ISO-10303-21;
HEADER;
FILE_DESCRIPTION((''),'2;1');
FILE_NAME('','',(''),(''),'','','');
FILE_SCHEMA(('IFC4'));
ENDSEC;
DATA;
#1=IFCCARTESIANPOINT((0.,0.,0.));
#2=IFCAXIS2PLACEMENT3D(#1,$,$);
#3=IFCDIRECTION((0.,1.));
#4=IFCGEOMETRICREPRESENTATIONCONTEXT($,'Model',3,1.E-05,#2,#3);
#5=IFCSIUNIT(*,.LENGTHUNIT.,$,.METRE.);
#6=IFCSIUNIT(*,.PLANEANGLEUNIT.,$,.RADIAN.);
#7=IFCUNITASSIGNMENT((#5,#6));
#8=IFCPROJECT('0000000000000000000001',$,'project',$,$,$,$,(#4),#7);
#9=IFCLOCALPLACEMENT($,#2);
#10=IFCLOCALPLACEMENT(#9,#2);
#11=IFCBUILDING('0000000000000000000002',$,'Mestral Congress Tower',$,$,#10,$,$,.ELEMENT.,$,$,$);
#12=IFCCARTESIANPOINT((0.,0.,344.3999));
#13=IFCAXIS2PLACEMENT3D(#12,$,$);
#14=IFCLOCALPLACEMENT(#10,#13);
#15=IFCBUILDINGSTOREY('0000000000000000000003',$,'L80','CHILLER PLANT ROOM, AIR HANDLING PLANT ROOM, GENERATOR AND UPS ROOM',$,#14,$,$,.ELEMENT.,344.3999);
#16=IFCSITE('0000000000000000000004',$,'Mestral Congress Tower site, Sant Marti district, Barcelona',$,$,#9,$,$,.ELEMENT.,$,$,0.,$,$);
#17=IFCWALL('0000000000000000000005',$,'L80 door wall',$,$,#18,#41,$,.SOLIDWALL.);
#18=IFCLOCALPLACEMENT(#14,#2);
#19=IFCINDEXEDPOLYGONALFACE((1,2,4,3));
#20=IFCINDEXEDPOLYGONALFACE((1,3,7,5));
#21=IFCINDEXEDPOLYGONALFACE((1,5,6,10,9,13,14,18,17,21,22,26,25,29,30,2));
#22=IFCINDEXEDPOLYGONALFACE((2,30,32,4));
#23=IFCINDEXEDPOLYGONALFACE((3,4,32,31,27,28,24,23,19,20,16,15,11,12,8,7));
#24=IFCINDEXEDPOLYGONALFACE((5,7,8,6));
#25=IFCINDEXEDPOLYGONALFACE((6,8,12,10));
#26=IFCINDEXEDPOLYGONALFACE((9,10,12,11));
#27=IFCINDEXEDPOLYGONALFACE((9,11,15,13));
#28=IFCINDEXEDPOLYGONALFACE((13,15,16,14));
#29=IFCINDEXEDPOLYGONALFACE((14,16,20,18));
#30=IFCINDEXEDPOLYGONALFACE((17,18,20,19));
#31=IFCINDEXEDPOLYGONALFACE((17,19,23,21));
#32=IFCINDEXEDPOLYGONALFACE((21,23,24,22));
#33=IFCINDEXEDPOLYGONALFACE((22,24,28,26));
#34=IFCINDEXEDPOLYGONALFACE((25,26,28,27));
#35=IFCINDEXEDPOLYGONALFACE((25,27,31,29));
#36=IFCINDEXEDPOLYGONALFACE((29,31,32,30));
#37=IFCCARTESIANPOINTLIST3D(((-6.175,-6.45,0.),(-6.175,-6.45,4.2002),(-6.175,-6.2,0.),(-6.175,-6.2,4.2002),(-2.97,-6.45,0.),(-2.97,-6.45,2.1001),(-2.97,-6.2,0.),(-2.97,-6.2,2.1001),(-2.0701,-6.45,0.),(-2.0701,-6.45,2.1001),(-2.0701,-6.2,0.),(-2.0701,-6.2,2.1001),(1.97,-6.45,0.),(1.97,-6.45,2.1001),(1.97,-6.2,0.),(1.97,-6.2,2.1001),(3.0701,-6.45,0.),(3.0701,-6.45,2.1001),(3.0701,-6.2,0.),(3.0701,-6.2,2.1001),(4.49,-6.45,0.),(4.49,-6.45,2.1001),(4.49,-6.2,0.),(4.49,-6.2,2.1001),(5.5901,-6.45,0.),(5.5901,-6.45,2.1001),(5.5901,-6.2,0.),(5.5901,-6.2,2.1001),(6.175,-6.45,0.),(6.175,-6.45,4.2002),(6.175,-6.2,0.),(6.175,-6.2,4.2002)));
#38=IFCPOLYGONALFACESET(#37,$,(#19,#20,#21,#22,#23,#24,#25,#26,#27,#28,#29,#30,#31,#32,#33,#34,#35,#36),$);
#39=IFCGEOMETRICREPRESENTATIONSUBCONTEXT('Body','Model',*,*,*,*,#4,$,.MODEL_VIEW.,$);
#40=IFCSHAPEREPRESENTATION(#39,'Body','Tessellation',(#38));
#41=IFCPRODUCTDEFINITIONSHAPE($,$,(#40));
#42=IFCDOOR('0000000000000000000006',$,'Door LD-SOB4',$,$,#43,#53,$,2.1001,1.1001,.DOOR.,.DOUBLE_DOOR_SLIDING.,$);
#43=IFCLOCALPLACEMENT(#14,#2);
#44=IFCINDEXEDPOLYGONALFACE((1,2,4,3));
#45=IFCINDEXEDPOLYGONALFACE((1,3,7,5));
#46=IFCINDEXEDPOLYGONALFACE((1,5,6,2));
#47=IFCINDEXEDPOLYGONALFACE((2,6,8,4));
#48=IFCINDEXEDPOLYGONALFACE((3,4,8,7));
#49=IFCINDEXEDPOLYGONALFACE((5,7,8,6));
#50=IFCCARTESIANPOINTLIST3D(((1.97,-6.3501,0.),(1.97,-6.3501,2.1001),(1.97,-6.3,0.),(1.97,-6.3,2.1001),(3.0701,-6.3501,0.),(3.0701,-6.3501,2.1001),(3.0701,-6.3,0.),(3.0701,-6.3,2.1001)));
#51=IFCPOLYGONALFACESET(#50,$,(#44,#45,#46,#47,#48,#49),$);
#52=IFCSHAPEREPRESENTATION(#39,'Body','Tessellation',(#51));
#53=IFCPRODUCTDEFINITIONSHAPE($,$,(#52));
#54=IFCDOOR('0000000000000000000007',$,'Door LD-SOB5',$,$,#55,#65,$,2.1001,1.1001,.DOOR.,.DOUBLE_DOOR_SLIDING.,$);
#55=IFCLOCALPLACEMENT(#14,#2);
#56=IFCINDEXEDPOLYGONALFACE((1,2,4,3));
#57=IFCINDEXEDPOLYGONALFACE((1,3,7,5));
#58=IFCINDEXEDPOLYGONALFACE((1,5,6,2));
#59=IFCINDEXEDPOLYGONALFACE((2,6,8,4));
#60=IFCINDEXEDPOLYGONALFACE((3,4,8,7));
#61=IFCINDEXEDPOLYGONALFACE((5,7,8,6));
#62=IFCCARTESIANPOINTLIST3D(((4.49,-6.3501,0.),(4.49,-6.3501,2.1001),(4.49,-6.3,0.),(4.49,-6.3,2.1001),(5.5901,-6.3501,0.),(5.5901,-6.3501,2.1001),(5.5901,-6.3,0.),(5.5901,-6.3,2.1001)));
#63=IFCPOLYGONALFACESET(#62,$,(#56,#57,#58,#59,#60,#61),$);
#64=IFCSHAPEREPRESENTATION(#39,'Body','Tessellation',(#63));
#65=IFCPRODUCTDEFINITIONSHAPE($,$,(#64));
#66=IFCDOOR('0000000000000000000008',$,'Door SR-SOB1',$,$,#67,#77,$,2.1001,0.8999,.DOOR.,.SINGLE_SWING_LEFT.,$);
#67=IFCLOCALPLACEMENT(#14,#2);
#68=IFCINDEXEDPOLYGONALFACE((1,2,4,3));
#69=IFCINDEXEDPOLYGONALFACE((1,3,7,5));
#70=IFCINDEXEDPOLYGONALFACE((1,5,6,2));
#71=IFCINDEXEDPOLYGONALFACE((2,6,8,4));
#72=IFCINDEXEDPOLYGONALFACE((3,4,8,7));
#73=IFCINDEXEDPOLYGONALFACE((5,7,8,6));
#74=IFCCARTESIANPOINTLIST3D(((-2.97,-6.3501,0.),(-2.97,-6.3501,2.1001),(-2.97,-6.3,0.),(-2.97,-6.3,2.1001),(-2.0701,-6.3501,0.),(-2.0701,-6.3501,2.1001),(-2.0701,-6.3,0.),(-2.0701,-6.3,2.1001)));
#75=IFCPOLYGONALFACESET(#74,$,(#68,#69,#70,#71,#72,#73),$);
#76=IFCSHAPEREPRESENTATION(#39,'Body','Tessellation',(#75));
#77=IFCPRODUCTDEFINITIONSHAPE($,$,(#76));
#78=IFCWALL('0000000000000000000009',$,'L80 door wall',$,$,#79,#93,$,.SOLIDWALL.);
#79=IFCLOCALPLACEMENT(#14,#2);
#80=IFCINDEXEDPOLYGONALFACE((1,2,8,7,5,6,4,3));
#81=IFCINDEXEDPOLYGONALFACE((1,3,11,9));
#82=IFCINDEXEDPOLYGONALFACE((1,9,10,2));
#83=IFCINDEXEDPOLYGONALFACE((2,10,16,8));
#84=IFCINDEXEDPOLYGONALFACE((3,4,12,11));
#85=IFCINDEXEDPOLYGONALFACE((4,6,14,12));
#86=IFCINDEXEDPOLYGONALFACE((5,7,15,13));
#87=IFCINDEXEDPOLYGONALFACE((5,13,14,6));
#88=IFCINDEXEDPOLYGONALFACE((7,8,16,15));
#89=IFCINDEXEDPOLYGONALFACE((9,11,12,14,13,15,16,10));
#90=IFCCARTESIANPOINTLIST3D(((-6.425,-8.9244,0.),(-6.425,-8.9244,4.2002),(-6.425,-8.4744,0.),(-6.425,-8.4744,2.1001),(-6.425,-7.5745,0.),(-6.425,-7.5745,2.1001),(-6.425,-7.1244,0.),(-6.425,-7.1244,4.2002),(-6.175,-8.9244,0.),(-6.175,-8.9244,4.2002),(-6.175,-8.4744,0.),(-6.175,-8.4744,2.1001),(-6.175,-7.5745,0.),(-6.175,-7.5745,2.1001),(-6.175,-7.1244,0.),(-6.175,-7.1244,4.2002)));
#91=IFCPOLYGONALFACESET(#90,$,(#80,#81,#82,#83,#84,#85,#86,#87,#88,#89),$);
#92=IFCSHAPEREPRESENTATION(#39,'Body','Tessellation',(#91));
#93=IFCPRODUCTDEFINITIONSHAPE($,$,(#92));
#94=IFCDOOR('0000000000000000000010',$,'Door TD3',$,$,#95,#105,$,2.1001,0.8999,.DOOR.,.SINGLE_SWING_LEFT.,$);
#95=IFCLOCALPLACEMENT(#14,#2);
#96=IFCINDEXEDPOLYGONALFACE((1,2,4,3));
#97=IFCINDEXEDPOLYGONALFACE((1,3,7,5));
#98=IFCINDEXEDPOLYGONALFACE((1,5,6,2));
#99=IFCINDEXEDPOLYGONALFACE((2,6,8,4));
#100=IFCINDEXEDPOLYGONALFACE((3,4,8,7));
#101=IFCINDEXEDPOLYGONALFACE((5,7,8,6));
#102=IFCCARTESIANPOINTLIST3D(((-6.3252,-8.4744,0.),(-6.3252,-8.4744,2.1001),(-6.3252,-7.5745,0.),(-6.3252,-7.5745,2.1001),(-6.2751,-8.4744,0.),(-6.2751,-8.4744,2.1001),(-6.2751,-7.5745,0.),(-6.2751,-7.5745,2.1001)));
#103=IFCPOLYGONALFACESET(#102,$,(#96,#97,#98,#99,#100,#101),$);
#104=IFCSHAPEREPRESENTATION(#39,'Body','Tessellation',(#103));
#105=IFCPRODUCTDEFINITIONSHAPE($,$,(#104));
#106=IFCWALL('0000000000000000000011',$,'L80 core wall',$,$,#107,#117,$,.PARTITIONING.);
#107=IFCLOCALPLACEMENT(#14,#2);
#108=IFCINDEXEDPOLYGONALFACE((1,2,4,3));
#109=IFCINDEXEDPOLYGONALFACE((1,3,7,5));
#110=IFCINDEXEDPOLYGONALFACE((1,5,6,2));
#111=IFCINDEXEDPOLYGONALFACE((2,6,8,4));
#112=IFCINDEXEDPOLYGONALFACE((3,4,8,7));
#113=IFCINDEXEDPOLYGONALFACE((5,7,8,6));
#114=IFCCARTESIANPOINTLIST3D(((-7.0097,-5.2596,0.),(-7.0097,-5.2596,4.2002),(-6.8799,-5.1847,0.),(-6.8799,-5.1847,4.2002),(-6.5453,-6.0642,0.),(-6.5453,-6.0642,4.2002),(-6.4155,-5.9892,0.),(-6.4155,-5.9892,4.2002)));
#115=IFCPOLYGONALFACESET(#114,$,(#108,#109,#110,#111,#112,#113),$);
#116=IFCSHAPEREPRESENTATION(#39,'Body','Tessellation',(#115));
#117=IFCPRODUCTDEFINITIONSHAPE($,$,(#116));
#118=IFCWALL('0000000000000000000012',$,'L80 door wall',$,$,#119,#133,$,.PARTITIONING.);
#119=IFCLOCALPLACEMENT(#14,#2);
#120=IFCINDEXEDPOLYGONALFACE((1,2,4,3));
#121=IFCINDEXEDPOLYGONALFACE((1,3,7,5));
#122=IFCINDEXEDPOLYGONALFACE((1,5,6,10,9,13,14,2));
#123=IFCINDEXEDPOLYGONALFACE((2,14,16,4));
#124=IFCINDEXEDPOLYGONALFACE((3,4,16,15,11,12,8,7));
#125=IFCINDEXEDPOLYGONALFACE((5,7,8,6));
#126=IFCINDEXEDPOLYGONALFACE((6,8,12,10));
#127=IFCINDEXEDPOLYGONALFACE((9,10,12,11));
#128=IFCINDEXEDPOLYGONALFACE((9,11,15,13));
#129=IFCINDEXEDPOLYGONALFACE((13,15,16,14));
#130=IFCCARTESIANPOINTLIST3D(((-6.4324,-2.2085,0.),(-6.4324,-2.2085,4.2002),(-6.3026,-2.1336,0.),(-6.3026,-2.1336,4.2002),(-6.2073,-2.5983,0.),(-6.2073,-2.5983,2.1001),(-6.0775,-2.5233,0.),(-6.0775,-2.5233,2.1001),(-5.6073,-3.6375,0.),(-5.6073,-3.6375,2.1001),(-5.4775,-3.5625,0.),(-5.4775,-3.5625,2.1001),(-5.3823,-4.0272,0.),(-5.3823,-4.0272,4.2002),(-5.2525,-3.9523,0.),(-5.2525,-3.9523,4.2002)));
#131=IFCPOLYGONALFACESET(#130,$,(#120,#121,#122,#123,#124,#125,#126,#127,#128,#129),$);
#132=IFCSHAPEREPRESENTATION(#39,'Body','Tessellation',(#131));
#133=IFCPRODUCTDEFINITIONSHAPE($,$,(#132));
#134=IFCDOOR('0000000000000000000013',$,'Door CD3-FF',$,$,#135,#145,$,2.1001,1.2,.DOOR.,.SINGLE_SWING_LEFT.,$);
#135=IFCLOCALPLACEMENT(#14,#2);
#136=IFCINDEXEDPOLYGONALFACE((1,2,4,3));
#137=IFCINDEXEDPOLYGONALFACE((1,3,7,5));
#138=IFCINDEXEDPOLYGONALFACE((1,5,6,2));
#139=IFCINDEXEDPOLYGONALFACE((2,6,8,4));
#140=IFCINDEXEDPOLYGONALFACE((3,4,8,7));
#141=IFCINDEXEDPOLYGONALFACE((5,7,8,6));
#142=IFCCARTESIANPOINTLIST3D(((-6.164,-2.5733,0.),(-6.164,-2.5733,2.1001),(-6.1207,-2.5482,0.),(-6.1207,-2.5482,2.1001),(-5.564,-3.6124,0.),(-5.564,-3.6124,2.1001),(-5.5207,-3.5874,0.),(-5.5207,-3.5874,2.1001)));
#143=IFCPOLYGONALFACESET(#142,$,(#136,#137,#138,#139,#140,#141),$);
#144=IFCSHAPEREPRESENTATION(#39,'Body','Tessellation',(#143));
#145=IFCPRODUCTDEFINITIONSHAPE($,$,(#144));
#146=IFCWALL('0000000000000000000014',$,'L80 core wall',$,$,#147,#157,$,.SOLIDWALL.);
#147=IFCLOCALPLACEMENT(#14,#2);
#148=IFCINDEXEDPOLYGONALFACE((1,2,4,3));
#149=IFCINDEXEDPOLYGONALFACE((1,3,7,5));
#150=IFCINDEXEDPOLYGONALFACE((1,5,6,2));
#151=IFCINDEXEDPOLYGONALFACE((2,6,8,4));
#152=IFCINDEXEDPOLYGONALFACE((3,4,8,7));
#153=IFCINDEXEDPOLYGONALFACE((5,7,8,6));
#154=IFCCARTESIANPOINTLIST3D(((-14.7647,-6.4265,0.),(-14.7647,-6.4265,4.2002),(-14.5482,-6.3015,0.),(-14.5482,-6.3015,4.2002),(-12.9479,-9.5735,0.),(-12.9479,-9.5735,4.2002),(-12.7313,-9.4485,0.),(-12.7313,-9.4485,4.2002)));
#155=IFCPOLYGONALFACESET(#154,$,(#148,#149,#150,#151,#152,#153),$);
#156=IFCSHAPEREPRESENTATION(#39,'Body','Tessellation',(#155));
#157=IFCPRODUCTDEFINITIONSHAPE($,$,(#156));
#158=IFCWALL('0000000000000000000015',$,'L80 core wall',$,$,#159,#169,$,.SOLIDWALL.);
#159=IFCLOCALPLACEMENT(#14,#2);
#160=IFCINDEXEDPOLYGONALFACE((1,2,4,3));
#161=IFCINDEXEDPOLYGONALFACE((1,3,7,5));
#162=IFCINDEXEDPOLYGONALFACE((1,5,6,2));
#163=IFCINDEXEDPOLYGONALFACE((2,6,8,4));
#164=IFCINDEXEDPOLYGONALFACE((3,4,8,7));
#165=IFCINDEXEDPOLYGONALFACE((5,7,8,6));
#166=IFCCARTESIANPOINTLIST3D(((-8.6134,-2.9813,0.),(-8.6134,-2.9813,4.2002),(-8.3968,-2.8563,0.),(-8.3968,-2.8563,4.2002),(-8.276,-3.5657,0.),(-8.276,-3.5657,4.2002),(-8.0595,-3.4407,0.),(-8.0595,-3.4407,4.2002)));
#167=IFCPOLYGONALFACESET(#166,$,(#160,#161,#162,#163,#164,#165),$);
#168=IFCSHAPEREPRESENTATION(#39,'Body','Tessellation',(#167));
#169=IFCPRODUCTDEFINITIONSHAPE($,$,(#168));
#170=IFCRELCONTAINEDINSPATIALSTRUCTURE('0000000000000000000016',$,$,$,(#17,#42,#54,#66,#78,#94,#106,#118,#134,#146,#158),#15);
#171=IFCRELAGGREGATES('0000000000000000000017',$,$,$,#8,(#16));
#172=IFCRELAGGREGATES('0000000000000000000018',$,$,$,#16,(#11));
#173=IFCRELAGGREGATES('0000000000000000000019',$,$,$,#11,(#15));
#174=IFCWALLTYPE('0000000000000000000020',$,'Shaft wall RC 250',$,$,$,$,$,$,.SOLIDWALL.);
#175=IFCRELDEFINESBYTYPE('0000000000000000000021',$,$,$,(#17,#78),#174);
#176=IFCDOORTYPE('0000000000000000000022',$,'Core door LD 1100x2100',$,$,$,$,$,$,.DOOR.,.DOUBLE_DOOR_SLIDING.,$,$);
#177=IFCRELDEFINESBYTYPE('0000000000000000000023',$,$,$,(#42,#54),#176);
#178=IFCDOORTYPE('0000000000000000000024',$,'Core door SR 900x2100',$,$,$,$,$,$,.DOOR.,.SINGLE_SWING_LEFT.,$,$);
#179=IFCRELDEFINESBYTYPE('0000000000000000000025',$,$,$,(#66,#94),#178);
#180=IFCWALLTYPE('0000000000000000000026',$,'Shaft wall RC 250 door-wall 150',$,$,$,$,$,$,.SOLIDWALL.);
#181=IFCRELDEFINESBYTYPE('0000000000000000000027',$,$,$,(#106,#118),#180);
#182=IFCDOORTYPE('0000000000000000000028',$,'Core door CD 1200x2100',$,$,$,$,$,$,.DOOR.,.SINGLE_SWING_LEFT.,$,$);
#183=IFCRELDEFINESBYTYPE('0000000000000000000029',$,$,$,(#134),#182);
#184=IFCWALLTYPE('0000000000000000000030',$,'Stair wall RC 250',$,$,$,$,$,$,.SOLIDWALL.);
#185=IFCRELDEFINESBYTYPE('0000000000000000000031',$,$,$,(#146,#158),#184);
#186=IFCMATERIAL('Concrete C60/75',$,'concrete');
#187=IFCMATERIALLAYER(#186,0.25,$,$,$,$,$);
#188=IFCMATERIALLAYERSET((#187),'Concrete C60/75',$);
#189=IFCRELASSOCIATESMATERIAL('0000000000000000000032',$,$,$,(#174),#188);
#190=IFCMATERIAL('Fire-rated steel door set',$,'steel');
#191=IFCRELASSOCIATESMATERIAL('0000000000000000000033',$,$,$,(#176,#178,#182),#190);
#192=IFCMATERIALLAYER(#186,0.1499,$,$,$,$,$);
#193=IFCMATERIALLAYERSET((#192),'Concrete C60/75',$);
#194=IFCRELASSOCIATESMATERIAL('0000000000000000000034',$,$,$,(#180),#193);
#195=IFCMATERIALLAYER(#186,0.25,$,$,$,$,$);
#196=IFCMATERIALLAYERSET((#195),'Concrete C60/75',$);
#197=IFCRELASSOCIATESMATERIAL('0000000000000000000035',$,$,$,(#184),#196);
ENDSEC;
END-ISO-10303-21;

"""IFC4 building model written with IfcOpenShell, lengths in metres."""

from ifc_helpers import new_model, si_unit, direction, frame, frame_2d, origin, place, context, subcontext, project, spatial, rectangle, extrude, material, layer, layer_set, type_object, element, fill, save


model = new_model("IFC4")

# Units and contexts
model_context = context("Model", 3, precision=1e-05, world=origin(), true_north=direction((0.0, 1.0)))
body_context = subcontext(model_context, "Body", "Model", "MODEL_VIEW")
ifc_project = project(units=[si_unit("LENGTHUNIT", "METRE"), si_unit("PLANEANGLEUNIT", "RADIAN")], contexts=[model_context])

# Site, building, storey
site_placement = place(None, origin())
site = spatial("IfcSite", under=ifc_project, at=site_placement, Name="Mestral Congress Tower site, Sant Marti district, Barcelona", CompositionType="ELEMENT", RefElevation=0.0)
building_placement = place(site_placement, origin())
building = spatial("IfcBuilding", under=site, at=building_placement, Name="Mestral Congress Tower", CompositionType="ELEMENT")
storey_placement = place(building_placement, frame((0.0, 0.0, 344.3999)))
storey = spatial("IfcBuildingStorey", under=building, at=storey_placement, Name="L80", Description="CHILLER PLANT ROOM, AIR HANDLING PLANT ROOM, GENERATOR AND UPS ROOM", CompositionType="ELEMENT", Elevation=344.3999)

# Shared definitions
ifc_material_1 = material(Name="Concrete C60/75", Category="concrete")
ifc_layer_1 = layer(ifc_material_1, 0.25)
ifc_layer_set_1 = layer_set([ifc_layer_1], Name="Concrete C60/75")
wall_type_1 = type_object("IfcWallType", Name="Shaft wall RC 250", PredefinedType="SOLIDWALL", material=ifc_layer_set_1)

# Wall, openings, doors
wall_1_placement = place(storey_placement, frame((-6.175, -6.325, 0.0), z_axis=(0.0, 0.0, 1.0), x_axis=(1.0, 0.0, 0.0)))
wall_1 = element("IfcWall", 1, at=wall_1_placement, inside=storey, type_object=wall_type_1, Name="L80 door wall", PredefinedType="SOLIDWALL", context=body_context, shape_type="SweptSolid", body=[
    extrude(rectangle(XDim=12.3501, YDim=0.25, at=frame_2d((6.175, 0.0))), origin(), (0.0, 0.0, 1.0), 4.2002),
])
opening_1_placement = place(wall_1_placement, frame((3.2051, 0.0, 0.0)))
opening_1 = element("IfcOpeningElement", 2, at=opening_1_placement, cuts=wall_1, PredefinedType="OPENING", context=body_context, shape_type="SweptSolid", body=[
    extrude(rectangle(XDim=0.8999, YDim=2.1001, at=frame_2d((0.45, 1.05))), frame((0.0, 0.135, 0.0), z_axis=(0.0, -1.0, 0.0), x_axis=(1.0, 0.0, 0.0)), (0.0, 0.0, 1.0), 0.27),
])
opening_2_placement = place(wall_1_placement, frame((8.145, 0.0, 0.0)))
opening_2 = element("IfcOpeningElement", 3, at=opening_2_placement, cuts=wall_1, PredefinedType="OPENING", context=body_context, shape_type="SweptSolid", body=[
    extrude(rectangle(XDim=1.1001, YDim=2.1001, at=frame_2d((0.55, 1.05))), frame((0.0, 0.135, 0.0), z_axis=(0.0, -1.0, 0.0), x_axis=(1.0, 0.0, 0.0)), (0.0, 0.0, 1.0), 0.27),
])
opening_3_placement = place(wall_1_placement, frame((10.665, 0.0, 0.0)))
opening_3 = element("IfcOpeningElement", 4, at=opening_3_placement, cuts=wall_1, PredefinedType="OPENING", context=body_context, shape_type="SweptSolid", body=[
    extrude(rectangle(XDim=1.1001, YDim=2.1001, at=frame_2d((0.55, 1.05))), frame((0.0, 0.135, 0.0), z_axis=(0.0, -1.0, 0.0), x_axis=(1.0, 0.0, 0.0)), (0.0, 0.0, 1.0), 0.27),
])
ifc_material_2 = material(Name="Fire-rated steel door set", Category="steel")
door_type_1 = type_object("IfcDoorType", Name="Core door LD 1100x2100", OperationType="DOUBLE_DOOR_SLIDING", PredefinedType="DOOR", material=ifc_material_2)
door_1_placement = place(opening_2_placement, origin())
door_1 = element("IfcDoor", 5, at=door_1_placement, inside=storey, type_object=door_type_1, Name="Door LD-SOB4", OperationType="DOUBLE_DOOR_SLIDING", OverallHeight=2.1001, OverallWidth=1.1001, PredefinedType="DOOR", context=body_context, shape_type="SweptSolid", body=[
    extrude(rectangle(XDim=1.1001, YDim=2.1001, at=frame_2d((0.55, 1.05))), frame((0.0, 0.0249, 0.0), z_axis=(0.0, -1.0, 0.0), x_axis=(1.0, 0.0, 0.0)), (0.0, 0.0, 1.0), 0.05),
])
fill(opening_2, door_1)
door_2_placement = place(opening_3_placement, origin())
door_2 = element("IfcDoor", 6, at=door_2_placement, inside=storey, type_object=door_type_1, Name="Door LD-SOB5", OperationType="DOUBLE_DOOR_SLIDING", OverallHeight=2.1001, OverallWidth=1.1001, PredefinedType="DOOR", context=body_context, shape_type="SweptSolid", body=[
    extrude(rectangle(XDim=1.1001, YDim=2.1001, at=frame_2d((0.55, 1.05))), frame((0.0, 0.0249, 0.0), z_axis=(0.0, -1.0, 0.0), x_axis=(1.0, 0.0, 0.0)), (0.0, 0.0, 1.0), 0.05),
])
fill(opening_3, door_2)
door_type_2 = type_object("IfcDoorType", Name="Core door SR 900x2100", OperationType="SINGLE_SWING_LEFT", PredefinedType="DOOR", material=ifc_material_2)
door_3_placement = place(opening_1_placement, origin())
door_3 = element("IfcDoor", 7, at=door_3_placement, inside=storey, type_object=door_type_2, Name="Door SR-SOB1", OperationType="SINGLE_SWING_LEFT", OverallHeight=2.1001, OverallWidth=0.8999, PredefinedType="DOOR", context=body_context, shape_type="SweptSolid", body=[
    extrude(rectangle(XDim=0.8999, YDim=2.1001, at=frame_2d((0.45, 1.05))), frame((0.0, 0.0249, 0.0), z_axis=(0.0, -1.0, 0.0), x_axis=(1.0, 0.0, 0.0)), (0.0, 0.0, 1.0), 0.05),
])
fill(opening_1, door_3)

# Wall, opening, door
wall_2_placement = place(storey_placement, frame((-6.3, -7.1245, 0.0), z_axis=(0.0, 0.0, 1.0), x_axis=(0.0, -1.0, 0.0)))
wall_2 = element("IfcWall", 8, at=wall_2_placement, inside=storey, type_object=wall_type_1, Name="L80 door wall", PredefinedType="SOLIDWALL", context=body_context, shape_type="SweptSolid", body=[
    extrude(rectangle(XDim=1.8, YDim=0.25, at=frame_2d((0.8999, 0.0))), origin(), (0.0, 0.0, 1.0), 4.2002),
])
opening_4_placement = place(wall_2_placement, frame((0.45, 0.0, 0.0)))
opening_4 = element("IfcOpeningElement", 9, at=opening_4_placement, cuts=wall_2, PredefinedType="OPENING", context=body_context, shape_type="SweptSolid", body=[
    extrude(rectangle(XDim=0.8999, YDim=2.1001, at=frame_2d((0.45, 1.05))), frame((0.0, 0.135, 0.0), z_axis=(0.0, -1.0, 0.0), x_axis=(1.0, 0.0, 0.0)), (0.0, 0.0, 1.0), 0.27),
])
door_4_placement = place(opening_4_placement, origin())
door_4 = element("IfcDoor", 10, at=door_4_placement, inside=storey, type_object=door_type_2, Name="Door TD3", OperationType="SINGLE_SWING_LEFT", OverallHeight=2.1001, OverallWidth=0.8999, PredefinedType="DOOR", context=body_context, shape_type="SweptSolid", body=[
    extrude(rectangle(XDim=0.8999, YDim=2.1001, at=frame_2d((0.45, 1.05))), frame((0.0, 0.0249, 0.0), z_axis=(0.0, -1.0, 0.0), x_axis=(1.0, 0.0, 0.0)), (0.0, 0.0, 1.0), 0.05),
])
fill(opening_4, door_4)

# Wall
ifc_layer_2 = layer(ifc_material_1, 0.1499)
ifc_layer_set_2 = layer_set([ifc_layer_2], Name="Concrete C60/75")
wall_type_2 = type_object("IfcWallType", Name="Shaft wall RC 250 door-wall 150", PredefinedType="SOLIDWALL", material=ifc_layer_set_2)
wall_3_placement = place(storey_placement, frame((-6.4805, -6.0266, 0.0), z_axis=(0.0, 0.0, 1.0), x_axis=(-0.499927, 0.866067, 0.0)))
element("IfcWall", 11, at=wall_3_placement, inside=storey, type_object=wall_type_2, Name="L80 core wall", PredefinedType="PARTITIONING", context=body_context, shape_type="SweptSolid", body=[
    extrude(rectangle(XDim=0.929, YDim=0.1499, at=frame_2d((0.4644, 0.0))), origin(), (0.0, 0.0, 1.0), 4.2002),
])

# Wall, opening, door
wall_4_placement = place(storey_placement, frame((-5.3174, -3.9897, 0.0), z_axis=(0.0, 0.0, 1.0), x_axis=(-0.500028, 0.866009, 0.0)))
wall_4 = element("IfcWall", 12, at=wall_4_placement, inside=storey, type_object=wall_type_2, Name="L80 door wall", PredefinedType="PARTITIONING", context=body_context, shape_type="SweptSolid", body=[
    extrude(rectangle(XDim=2.1001, YDim=0.1499, at=frame_2d((1.05, 0.0))), origin(), (0.0, 0.0, 1.0), 4.2002),
])
opening_5_placement = place(wall_4_placement, frame((0.45, 0.0, 0.0)))
opening_5 = element("IfcOpeningElement", 13, at=opening_5_placement, cuts=wall_4, PredefinedType="OPENING", context=body_context, shape_type="SweptSolid", body=[
    extrude(rectangle(XDim=1.2, YDim=2.1001, at=frame_2d((0.6001, 1.05))), frame((0.0, 0.085, 0.0), z_axis=(0.0, -1.0, 0.0), x_axis=(1.0, 0.0, 0.0)), (0.0, 0.0, 1.0), 0.1699),
])
door_type_3 = type_object("IfcDoorType", Name="Core door CD 1200x2100", OperationType="SINGLE_SWING_LEFT", PredefinedType="DOOR", material=ifc_material_2)
door_5_placement = place(opening_5_placement, origin())
door_5 = element("IfcDoor", 14, at=door_5_placement, inside=storey, type_object=door_type_3, Name="Door CD3-FF", OperationType="SINGLE_SWING_LEFT", OverallHeight=2.1001, OverallWidth=1.2, PredefinedType="DOOR", context=body_context, shape_type="SweptSolid", body=[
    extrude(rectangle(XDim=1.2, YDim=2.1001, at=frame_2d((0.6001, 1.05))), frame((0.0, 0.0249, 0.0), z_axis=(0.0, -1.0, 0.0), x_axis=(1.0, 0.0, 0.0)), (0.0, 0.0, 1.0), 0.05),
])
fill(opening_5, door_5)

# Walls
ifc_layer_3 = layer(ifc_material_1, 0.25)
ifc_layer_set_3 = layer_set([ifc_layer_3], Name="Concrete C60/75")
wall_type_3 = type_object("IfcWallType", Name="Stair wall RC 250", PredefinedType="SOLIDWALL", material=ifc_layer_set_3)
wall_5_placement = place(storey_placement, frame((-12.8396, -9.511, 0.0), z_axis=(0.0, 0.0, 1.0), x_axis=(-0.499998, 0.866027, 0.0)))
element("IfcWall", 15, at=wall_5_placement, inside=storey, type_object=wall_type_3, Name="L80 core wall", PredefinedType="SOLIDWALL", context=body_context, shape_type="SweptSolid", body=[
    extrude(rectangle(XDim=3.6338, YDim=0.25, at=frame_2d((1.8169, 0.0))), origin(), (0.0, 0.0, 1.0), 4.2002),
])
wall_6_placement = place(storey_placement, frame((-8.1677, -3.5032, 0.0), z_axis=(0.0, 0.0, 1.0), x_axis=(-0.499952, 0.866053, 0.0)))
element("IfcWall", 16, at=wall_6_placement, inside=storey, type_object=wall_type_3, Name="L80 core wall", PredefinedType="SOLIDWALL", context=body_context, shape_type="SweptSolid", body=[
    extrude(rectangle(XDim=0.6748, YDim=0.25, at=frame_2d((0.3374, 0.0))), origin(), (0.0, 0.0, 1.0), 4.2002),
])

save(model, "model.ifc")
